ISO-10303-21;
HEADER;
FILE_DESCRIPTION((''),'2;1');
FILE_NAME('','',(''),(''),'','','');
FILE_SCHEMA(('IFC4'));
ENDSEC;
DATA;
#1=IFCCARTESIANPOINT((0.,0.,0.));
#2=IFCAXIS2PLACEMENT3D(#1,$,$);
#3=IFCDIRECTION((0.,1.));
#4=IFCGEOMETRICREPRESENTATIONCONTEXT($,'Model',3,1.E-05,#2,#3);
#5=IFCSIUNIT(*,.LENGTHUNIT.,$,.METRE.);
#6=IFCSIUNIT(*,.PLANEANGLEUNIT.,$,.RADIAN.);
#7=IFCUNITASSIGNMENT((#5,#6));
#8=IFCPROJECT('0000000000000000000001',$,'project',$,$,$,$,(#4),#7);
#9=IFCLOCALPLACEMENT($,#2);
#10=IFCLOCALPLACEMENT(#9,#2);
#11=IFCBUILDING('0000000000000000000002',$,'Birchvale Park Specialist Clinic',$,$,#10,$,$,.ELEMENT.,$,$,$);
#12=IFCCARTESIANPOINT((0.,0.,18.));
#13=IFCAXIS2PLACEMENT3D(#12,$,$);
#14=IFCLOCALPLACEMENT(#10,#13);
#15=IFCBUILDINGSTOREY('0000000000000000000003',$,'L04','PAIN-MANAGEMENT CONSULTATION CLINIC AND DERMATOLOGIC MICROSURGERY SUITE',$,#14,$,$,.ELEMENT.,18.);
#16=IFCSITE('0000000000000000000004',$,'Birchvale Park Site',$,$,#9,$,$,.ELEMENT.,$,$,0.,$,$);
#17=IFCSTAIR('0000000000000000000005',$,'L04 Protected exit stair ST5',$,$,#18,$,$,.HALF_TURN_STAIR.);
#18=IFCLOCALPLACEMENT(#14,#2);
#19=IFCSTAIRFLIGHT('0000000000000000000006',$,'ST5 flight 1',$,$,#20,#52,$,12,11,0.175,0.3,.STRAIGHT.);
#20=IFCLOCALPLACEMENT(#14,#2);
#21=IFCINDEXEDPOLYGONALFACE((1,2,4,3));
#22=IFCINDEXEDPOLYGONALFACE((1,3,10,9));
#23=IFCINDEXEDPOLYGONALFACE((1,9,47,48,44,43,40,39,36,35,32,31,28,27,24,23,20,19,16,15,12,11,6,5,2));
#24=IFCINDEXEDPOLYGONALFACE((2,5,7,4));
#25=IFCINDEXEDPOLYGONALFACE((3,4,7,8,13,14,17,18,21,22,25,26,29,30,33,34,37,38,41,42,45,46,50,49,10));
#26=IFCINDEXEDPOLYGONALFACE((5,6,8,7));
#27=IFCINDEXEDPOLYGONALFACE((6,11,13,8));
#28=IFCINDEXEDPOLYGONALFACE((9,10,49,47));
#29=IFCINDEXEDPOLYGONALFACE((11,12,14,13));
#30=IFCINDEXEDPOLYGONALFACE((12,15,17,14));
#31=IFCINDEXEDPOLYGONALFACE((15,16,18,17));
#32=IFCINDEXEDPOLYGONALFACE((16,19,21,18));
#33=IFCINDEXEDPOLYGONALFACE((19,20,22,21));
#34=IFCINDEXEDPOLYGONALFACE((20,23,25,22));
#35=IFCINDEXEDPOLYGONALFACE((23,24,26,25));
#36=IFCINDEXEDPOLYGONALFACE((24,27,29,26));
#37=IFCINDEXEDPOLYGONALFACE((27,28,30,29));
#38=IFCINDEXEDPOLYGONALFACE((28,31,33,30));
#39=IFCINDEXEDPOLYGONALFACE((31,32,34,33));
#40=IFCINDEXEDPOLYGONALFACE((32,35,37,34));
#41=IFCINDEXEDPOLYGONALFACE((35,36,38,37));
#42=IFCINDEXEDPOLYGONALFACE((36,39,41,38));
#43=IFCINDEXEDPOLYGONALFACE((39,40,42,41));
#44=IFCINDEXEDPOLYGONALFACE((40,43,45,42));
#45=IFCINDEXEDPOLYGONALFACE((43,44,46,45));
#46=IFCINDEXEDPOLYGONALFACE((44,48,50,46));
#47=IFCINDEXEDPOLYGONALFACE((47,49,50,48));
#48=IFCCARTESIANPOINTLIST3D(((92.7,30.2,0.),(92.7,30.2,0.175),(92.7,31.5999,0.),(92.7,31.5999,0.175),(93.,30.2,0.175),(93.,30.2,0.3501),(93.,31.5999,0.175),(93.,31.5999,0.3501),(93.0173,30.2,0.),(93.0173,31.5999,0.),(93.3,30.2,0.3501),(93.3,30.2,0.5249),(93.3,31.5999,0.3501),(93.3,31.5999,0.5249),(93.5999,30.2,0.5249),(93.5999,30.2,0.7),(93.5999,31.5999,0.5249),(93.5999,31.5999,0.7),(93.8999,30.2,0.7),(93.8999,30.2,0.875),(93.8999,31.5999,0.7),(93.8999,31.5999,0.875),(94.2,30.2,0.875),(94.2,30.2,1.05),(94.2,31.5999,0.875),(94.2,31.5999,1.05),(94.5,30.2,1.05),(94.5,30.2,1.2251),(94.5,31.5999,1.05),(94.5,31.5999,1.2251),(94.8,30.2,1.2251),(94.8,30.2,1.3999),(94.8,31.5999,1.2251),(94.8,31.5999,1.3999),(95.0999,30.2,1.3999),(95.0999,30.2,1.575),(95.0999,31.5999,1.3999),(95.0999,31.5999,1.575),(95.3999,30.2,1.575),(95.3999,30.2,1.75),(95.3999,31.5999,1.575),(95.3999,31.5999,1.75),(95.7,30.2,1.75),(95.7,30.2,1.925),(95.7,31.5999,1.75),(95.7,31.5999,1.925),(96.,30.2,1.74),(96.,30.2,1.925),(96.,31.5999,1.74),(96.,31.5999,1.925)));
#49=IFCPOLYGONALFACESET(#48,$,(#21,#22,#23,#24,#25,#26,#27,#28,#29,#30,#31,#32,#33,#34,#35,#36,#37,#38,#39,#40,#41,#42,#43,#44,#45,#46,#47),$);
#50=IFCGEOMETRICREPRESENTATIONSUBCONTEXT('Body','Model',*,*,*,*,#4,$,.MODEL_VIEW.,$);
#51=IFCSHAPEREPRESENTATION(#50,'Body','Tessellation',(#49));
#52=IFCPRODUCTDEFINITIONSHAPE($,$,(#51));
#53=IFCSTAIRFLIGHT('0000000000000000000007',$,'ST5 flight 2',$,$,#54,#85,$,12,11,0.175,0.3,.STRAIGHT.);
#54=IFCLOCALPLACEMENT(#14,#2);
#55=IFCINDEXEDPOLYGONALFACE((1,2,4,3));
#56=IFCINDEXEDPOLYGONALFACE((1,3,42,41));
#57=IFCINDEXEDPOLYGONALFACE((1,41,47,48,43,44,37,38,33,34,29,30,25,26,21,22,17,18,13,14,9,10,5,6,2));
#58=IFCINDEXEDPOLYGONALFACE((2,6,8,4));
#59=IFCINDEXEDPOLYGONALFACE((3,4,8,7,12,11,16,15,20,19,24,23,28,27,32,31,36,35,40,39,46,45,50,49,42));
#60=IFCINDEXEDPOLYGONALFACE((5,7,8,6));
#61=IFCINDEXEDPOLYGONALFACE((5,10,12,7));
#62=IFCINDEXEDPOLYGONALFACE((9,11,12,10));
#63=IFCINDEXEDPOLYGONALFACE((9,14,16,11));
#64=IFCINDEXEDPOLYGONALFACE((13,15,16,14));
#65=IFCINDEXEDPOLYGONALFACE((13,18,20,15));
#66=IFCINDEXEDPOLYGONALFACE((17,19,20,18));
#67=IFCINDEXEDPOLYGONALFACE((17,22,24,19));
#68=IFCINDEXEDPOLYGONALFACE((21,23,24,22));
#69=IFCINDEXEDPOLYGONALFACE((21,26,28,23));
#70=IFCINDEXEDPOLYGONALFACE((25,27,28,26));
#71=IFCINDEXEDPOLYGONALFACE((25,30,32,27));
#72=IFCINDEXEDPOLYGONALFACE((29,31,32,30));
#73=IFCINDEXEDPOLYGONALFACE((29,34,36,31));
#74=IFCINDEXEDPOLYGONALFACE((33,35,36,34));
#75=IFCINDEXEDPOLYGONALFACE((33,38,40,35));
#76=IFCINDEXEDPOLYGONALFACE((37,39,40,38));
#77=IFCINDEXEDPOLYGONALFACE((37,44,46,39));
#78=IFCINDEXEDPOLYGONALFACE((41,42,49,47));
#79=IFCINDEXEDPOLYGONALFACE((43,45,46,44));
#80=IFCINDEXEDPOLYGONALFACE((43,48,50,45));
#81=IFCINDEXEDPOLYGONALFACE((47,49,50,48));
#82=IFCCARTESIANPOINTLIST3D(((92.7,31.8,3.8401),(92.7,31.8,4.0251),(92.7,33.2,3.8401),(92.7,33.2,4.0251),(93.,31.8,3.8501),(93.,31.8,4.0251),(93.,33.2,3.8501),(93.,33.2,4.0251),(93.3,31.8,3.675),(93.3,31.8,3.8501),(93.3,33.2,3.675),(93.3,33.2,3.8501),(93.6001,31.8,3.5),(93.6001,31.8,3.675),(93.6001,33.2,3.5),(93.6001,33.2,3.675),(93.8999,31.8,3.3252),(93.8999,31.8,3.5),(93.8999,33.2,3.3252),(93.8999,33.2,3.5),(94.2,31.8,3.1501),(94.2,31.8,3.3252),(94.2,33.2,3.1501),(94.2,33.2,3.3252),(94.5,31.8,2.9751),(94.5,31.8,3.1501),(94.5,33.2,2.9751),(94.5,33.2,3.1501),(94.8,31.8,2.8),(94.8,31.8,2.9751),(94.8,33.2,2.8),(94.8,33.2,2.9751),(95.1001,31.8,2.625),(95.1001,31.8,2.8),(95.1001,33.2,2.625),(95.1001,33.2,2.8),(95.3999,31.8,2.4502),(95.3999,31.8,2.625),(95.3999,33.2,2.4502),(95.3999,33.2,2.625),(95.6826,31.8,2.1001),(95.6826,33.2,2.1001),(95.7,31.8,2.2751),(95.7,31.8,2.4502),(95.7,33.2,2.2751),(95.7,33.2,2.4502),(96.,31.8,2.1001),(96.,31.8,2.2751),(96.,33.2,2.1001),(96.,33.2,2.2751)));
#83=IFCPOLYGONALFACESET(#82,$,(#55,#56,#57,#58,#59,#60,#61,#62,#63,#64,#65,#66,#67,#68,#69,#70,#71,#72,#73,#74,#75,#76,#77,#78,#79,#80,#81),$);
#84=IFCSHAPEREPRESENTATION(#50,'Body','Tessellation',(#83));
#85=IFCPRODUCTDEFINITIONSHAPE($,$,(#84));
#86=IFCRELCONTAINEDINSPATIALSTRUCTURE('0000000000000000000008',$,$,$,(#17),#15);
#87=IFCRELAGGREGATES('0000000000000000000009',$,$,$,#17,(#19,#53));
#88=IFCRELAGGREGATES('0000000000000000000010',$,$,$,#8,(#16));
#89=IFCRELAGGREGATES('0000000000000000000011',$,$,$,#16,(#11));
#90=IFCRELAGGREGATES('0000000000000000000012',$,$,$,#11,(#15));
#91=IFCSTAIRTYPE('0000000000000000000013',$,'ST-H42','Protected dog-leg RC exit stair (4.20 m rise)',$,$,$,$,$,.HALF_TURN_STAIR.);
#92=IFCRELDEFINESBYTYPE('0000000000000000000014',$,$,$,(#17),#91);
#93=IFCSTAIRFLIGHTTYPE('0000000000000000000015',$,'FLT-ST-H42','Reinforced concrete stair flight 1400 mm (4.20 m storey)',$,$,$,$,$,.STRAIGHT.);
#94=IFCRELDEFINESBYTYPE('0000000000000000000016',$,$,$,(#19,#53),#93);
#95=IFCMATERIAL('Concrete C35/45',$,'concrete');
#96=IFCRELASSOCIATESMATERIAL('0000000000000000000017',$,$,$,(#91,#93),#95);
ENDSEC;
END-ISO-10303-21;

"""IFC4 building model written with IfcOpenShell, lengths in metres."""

from ifc_helpers import new_model, si_unit, direction, frame, origin, place, context, subcontext, project, spatial, polyline, outline, extrude, material, type_object, element, aggregate, save


model = new_model("IFC4")

# Units and contexts
model_context = context("Model", 3, precision=1e-05, world=origin(), true_north=direction((0.0, 1.0)))
body_context = subcontext(model_context, "Body", "Model", "MODEL_VIEW")
ifc_project = project(units=[si_unit("LENGTHUNIT", "METRE"), si_unit("PLANEANGLEUNIT", "RADIAN")], contexts=[model_context])

# Site, building, storey
site_placement = place(None, origin())
site = spatial("IfcSite", under=ifc_project, at=site_placement, Name="Birchvale Park Site", CompositionType="ELEMENT", RefElevation=0.0)
building_placement = place(site_placement, origin())
building = spatial("IfcBuilding", under=site, at=building_placement, Name="Birchvale Park Specialist Clinic", CompositionType="ELEMENT")
storey_placement = place(building_placement, frame((0.0, 0.0, 18.0)))
storey = spatial("IfcBuildingStorey", under=building, at=storey_placement, Name="L04", Description="PAIN-MANAGEMENT CONSULTATION CLINIC AND DERMATOLOGIC MICROSURGERY SUITE", CompositionType="ELEMENT", Elevation=18.0)

# Stair, stair flights
ifc_material_1 = material(Name="Concrete C35/45", Category="concrete")
stair_type = type_object("IfcStairType", Name="ST-H42", Description="Protected dog-leg RC exit stair (4.20 m rise)", PredefinedType="HALF_TURN_STAIR", material=ifc_material_1)
stair_placement = place(storey_placement, origin())
stair = element("IfcStair", 1, at=stair_placement, inside=storey, type_object=stair_type, Name="L04 Protected exit stair ST5", PredefinedType="HALF_TURN_STAIR")
stair_flight_type = type_object("IfcStairFlightType", Name="FLT-ST-H42", Description="Reinforced concrete stair flight 1400 mm (4.20 m storey)", PredefinedType="STRAIGHT", material=ifc_material_1)
stair_flight_1_placement = place(storey_placement, frame((92.7, 30.8999, 0.0), z_axis=(0.0, 0.0, 1.0), x_axis=(1.0, 0.0, 0.0)))
stair_flight_1 = element("IfcStairFlight", 2, at=stair_flight_1_placement, type_object=stair_flight_type, Name="ST5 flight 1", NumberOfRisers=12, NumberOfTreads=11, PredefinedType="STRAIGHT", RiserHeight=0.175, TreadLength=0.3, context=body_context, shape_type="SweptSolid", body=[
    extrude(outline(polyline([(0.0, 0.0), (0.0, 0.175), (0.3, 0.175), (0.3, 0.3501), (0.6001, 0.3501), (0.6001, 0.5249), (0.8999, 0.5249), (0.8999, 0.7), (1.2, 0.7), (1.2, 0.875), (1.5, 0.875), (1.5, 1.05), (1.8, 1.05), (1.8, 1.2251), (2.1001, 1.2251), (2.1001, 1.3999), (2.3999, 1.3999), (2.3999, 1.575), (2.7, 1.575), (2.7, 1.75), (3.0, 1.75), (3.0, 1.925), (3.3, 1.925), (3.3, 2.1001), (3.3, 1.74), (0.3174, 0.0), (0.0, 0.0)])), frame((0.0, 0.7, 0.0), z_axis=(0.0, -1.0, 0.0), x_axis=(1.0, 0.0, 0.0)), (0.0, 0.0, 1.0), 1.3999),
])
stair_flight_2_placement = place(storey_placement, frame((96.0, 32.5, 2.1001), z_axis=(0.0, 0.0, 1.0), x_axis=(-1.0, 0.0, 0.0)))
stair_flight_2 = element("IfcStairFlight", 3, at=stair_flight_2_placement, type_object=stair_flight_type, Name="ST5 flight 2", NumberOfRisers=12, NumberOfTreads=11, PredefinedType="STRAIGHT", RiserHeight=0.175, TreadLength=0.3, context=body_context, shape_type="SweptSolid", body=[
    extrude(outline(polyline([(0.0, 0.0), (0.0, 0.175), (0.3, 0.175), (0.3, 0.3501), (0.6001, 0.3501), (0.6001, 0.5249), (0.8999, 0.5249), (0.8999, 0.7), (1.2, 0.7), (1.2, 0.875), (1.5, 0.875), (1.5, 1.05), (1.8, 1.05), (1.8, 1.2251), (2.1001, 1.2251), (2.1001, 1.3999), (2.3999, 1.3999), (2.3999, 1.575), (2.7, 1.575), (2.7, 1.75), (3.0, 1.75), (3.0, 1.925), (3.3, 1.925), (3.3, 2.1001), (3.3, 1.74), (0.3174, 0.0), (0.0, 0.0)])), frame((0.0, 0.7, 0.0), z_axis=(0.0, -1.0, 0.0), x_axis=(1.0, 0.0, 0.0)), (0.0, 0.0, 1.0), 1.3999),
])
aggregate(stair, [stair_flight_1, stair_flight_2])

save(model, "model.ifc")
